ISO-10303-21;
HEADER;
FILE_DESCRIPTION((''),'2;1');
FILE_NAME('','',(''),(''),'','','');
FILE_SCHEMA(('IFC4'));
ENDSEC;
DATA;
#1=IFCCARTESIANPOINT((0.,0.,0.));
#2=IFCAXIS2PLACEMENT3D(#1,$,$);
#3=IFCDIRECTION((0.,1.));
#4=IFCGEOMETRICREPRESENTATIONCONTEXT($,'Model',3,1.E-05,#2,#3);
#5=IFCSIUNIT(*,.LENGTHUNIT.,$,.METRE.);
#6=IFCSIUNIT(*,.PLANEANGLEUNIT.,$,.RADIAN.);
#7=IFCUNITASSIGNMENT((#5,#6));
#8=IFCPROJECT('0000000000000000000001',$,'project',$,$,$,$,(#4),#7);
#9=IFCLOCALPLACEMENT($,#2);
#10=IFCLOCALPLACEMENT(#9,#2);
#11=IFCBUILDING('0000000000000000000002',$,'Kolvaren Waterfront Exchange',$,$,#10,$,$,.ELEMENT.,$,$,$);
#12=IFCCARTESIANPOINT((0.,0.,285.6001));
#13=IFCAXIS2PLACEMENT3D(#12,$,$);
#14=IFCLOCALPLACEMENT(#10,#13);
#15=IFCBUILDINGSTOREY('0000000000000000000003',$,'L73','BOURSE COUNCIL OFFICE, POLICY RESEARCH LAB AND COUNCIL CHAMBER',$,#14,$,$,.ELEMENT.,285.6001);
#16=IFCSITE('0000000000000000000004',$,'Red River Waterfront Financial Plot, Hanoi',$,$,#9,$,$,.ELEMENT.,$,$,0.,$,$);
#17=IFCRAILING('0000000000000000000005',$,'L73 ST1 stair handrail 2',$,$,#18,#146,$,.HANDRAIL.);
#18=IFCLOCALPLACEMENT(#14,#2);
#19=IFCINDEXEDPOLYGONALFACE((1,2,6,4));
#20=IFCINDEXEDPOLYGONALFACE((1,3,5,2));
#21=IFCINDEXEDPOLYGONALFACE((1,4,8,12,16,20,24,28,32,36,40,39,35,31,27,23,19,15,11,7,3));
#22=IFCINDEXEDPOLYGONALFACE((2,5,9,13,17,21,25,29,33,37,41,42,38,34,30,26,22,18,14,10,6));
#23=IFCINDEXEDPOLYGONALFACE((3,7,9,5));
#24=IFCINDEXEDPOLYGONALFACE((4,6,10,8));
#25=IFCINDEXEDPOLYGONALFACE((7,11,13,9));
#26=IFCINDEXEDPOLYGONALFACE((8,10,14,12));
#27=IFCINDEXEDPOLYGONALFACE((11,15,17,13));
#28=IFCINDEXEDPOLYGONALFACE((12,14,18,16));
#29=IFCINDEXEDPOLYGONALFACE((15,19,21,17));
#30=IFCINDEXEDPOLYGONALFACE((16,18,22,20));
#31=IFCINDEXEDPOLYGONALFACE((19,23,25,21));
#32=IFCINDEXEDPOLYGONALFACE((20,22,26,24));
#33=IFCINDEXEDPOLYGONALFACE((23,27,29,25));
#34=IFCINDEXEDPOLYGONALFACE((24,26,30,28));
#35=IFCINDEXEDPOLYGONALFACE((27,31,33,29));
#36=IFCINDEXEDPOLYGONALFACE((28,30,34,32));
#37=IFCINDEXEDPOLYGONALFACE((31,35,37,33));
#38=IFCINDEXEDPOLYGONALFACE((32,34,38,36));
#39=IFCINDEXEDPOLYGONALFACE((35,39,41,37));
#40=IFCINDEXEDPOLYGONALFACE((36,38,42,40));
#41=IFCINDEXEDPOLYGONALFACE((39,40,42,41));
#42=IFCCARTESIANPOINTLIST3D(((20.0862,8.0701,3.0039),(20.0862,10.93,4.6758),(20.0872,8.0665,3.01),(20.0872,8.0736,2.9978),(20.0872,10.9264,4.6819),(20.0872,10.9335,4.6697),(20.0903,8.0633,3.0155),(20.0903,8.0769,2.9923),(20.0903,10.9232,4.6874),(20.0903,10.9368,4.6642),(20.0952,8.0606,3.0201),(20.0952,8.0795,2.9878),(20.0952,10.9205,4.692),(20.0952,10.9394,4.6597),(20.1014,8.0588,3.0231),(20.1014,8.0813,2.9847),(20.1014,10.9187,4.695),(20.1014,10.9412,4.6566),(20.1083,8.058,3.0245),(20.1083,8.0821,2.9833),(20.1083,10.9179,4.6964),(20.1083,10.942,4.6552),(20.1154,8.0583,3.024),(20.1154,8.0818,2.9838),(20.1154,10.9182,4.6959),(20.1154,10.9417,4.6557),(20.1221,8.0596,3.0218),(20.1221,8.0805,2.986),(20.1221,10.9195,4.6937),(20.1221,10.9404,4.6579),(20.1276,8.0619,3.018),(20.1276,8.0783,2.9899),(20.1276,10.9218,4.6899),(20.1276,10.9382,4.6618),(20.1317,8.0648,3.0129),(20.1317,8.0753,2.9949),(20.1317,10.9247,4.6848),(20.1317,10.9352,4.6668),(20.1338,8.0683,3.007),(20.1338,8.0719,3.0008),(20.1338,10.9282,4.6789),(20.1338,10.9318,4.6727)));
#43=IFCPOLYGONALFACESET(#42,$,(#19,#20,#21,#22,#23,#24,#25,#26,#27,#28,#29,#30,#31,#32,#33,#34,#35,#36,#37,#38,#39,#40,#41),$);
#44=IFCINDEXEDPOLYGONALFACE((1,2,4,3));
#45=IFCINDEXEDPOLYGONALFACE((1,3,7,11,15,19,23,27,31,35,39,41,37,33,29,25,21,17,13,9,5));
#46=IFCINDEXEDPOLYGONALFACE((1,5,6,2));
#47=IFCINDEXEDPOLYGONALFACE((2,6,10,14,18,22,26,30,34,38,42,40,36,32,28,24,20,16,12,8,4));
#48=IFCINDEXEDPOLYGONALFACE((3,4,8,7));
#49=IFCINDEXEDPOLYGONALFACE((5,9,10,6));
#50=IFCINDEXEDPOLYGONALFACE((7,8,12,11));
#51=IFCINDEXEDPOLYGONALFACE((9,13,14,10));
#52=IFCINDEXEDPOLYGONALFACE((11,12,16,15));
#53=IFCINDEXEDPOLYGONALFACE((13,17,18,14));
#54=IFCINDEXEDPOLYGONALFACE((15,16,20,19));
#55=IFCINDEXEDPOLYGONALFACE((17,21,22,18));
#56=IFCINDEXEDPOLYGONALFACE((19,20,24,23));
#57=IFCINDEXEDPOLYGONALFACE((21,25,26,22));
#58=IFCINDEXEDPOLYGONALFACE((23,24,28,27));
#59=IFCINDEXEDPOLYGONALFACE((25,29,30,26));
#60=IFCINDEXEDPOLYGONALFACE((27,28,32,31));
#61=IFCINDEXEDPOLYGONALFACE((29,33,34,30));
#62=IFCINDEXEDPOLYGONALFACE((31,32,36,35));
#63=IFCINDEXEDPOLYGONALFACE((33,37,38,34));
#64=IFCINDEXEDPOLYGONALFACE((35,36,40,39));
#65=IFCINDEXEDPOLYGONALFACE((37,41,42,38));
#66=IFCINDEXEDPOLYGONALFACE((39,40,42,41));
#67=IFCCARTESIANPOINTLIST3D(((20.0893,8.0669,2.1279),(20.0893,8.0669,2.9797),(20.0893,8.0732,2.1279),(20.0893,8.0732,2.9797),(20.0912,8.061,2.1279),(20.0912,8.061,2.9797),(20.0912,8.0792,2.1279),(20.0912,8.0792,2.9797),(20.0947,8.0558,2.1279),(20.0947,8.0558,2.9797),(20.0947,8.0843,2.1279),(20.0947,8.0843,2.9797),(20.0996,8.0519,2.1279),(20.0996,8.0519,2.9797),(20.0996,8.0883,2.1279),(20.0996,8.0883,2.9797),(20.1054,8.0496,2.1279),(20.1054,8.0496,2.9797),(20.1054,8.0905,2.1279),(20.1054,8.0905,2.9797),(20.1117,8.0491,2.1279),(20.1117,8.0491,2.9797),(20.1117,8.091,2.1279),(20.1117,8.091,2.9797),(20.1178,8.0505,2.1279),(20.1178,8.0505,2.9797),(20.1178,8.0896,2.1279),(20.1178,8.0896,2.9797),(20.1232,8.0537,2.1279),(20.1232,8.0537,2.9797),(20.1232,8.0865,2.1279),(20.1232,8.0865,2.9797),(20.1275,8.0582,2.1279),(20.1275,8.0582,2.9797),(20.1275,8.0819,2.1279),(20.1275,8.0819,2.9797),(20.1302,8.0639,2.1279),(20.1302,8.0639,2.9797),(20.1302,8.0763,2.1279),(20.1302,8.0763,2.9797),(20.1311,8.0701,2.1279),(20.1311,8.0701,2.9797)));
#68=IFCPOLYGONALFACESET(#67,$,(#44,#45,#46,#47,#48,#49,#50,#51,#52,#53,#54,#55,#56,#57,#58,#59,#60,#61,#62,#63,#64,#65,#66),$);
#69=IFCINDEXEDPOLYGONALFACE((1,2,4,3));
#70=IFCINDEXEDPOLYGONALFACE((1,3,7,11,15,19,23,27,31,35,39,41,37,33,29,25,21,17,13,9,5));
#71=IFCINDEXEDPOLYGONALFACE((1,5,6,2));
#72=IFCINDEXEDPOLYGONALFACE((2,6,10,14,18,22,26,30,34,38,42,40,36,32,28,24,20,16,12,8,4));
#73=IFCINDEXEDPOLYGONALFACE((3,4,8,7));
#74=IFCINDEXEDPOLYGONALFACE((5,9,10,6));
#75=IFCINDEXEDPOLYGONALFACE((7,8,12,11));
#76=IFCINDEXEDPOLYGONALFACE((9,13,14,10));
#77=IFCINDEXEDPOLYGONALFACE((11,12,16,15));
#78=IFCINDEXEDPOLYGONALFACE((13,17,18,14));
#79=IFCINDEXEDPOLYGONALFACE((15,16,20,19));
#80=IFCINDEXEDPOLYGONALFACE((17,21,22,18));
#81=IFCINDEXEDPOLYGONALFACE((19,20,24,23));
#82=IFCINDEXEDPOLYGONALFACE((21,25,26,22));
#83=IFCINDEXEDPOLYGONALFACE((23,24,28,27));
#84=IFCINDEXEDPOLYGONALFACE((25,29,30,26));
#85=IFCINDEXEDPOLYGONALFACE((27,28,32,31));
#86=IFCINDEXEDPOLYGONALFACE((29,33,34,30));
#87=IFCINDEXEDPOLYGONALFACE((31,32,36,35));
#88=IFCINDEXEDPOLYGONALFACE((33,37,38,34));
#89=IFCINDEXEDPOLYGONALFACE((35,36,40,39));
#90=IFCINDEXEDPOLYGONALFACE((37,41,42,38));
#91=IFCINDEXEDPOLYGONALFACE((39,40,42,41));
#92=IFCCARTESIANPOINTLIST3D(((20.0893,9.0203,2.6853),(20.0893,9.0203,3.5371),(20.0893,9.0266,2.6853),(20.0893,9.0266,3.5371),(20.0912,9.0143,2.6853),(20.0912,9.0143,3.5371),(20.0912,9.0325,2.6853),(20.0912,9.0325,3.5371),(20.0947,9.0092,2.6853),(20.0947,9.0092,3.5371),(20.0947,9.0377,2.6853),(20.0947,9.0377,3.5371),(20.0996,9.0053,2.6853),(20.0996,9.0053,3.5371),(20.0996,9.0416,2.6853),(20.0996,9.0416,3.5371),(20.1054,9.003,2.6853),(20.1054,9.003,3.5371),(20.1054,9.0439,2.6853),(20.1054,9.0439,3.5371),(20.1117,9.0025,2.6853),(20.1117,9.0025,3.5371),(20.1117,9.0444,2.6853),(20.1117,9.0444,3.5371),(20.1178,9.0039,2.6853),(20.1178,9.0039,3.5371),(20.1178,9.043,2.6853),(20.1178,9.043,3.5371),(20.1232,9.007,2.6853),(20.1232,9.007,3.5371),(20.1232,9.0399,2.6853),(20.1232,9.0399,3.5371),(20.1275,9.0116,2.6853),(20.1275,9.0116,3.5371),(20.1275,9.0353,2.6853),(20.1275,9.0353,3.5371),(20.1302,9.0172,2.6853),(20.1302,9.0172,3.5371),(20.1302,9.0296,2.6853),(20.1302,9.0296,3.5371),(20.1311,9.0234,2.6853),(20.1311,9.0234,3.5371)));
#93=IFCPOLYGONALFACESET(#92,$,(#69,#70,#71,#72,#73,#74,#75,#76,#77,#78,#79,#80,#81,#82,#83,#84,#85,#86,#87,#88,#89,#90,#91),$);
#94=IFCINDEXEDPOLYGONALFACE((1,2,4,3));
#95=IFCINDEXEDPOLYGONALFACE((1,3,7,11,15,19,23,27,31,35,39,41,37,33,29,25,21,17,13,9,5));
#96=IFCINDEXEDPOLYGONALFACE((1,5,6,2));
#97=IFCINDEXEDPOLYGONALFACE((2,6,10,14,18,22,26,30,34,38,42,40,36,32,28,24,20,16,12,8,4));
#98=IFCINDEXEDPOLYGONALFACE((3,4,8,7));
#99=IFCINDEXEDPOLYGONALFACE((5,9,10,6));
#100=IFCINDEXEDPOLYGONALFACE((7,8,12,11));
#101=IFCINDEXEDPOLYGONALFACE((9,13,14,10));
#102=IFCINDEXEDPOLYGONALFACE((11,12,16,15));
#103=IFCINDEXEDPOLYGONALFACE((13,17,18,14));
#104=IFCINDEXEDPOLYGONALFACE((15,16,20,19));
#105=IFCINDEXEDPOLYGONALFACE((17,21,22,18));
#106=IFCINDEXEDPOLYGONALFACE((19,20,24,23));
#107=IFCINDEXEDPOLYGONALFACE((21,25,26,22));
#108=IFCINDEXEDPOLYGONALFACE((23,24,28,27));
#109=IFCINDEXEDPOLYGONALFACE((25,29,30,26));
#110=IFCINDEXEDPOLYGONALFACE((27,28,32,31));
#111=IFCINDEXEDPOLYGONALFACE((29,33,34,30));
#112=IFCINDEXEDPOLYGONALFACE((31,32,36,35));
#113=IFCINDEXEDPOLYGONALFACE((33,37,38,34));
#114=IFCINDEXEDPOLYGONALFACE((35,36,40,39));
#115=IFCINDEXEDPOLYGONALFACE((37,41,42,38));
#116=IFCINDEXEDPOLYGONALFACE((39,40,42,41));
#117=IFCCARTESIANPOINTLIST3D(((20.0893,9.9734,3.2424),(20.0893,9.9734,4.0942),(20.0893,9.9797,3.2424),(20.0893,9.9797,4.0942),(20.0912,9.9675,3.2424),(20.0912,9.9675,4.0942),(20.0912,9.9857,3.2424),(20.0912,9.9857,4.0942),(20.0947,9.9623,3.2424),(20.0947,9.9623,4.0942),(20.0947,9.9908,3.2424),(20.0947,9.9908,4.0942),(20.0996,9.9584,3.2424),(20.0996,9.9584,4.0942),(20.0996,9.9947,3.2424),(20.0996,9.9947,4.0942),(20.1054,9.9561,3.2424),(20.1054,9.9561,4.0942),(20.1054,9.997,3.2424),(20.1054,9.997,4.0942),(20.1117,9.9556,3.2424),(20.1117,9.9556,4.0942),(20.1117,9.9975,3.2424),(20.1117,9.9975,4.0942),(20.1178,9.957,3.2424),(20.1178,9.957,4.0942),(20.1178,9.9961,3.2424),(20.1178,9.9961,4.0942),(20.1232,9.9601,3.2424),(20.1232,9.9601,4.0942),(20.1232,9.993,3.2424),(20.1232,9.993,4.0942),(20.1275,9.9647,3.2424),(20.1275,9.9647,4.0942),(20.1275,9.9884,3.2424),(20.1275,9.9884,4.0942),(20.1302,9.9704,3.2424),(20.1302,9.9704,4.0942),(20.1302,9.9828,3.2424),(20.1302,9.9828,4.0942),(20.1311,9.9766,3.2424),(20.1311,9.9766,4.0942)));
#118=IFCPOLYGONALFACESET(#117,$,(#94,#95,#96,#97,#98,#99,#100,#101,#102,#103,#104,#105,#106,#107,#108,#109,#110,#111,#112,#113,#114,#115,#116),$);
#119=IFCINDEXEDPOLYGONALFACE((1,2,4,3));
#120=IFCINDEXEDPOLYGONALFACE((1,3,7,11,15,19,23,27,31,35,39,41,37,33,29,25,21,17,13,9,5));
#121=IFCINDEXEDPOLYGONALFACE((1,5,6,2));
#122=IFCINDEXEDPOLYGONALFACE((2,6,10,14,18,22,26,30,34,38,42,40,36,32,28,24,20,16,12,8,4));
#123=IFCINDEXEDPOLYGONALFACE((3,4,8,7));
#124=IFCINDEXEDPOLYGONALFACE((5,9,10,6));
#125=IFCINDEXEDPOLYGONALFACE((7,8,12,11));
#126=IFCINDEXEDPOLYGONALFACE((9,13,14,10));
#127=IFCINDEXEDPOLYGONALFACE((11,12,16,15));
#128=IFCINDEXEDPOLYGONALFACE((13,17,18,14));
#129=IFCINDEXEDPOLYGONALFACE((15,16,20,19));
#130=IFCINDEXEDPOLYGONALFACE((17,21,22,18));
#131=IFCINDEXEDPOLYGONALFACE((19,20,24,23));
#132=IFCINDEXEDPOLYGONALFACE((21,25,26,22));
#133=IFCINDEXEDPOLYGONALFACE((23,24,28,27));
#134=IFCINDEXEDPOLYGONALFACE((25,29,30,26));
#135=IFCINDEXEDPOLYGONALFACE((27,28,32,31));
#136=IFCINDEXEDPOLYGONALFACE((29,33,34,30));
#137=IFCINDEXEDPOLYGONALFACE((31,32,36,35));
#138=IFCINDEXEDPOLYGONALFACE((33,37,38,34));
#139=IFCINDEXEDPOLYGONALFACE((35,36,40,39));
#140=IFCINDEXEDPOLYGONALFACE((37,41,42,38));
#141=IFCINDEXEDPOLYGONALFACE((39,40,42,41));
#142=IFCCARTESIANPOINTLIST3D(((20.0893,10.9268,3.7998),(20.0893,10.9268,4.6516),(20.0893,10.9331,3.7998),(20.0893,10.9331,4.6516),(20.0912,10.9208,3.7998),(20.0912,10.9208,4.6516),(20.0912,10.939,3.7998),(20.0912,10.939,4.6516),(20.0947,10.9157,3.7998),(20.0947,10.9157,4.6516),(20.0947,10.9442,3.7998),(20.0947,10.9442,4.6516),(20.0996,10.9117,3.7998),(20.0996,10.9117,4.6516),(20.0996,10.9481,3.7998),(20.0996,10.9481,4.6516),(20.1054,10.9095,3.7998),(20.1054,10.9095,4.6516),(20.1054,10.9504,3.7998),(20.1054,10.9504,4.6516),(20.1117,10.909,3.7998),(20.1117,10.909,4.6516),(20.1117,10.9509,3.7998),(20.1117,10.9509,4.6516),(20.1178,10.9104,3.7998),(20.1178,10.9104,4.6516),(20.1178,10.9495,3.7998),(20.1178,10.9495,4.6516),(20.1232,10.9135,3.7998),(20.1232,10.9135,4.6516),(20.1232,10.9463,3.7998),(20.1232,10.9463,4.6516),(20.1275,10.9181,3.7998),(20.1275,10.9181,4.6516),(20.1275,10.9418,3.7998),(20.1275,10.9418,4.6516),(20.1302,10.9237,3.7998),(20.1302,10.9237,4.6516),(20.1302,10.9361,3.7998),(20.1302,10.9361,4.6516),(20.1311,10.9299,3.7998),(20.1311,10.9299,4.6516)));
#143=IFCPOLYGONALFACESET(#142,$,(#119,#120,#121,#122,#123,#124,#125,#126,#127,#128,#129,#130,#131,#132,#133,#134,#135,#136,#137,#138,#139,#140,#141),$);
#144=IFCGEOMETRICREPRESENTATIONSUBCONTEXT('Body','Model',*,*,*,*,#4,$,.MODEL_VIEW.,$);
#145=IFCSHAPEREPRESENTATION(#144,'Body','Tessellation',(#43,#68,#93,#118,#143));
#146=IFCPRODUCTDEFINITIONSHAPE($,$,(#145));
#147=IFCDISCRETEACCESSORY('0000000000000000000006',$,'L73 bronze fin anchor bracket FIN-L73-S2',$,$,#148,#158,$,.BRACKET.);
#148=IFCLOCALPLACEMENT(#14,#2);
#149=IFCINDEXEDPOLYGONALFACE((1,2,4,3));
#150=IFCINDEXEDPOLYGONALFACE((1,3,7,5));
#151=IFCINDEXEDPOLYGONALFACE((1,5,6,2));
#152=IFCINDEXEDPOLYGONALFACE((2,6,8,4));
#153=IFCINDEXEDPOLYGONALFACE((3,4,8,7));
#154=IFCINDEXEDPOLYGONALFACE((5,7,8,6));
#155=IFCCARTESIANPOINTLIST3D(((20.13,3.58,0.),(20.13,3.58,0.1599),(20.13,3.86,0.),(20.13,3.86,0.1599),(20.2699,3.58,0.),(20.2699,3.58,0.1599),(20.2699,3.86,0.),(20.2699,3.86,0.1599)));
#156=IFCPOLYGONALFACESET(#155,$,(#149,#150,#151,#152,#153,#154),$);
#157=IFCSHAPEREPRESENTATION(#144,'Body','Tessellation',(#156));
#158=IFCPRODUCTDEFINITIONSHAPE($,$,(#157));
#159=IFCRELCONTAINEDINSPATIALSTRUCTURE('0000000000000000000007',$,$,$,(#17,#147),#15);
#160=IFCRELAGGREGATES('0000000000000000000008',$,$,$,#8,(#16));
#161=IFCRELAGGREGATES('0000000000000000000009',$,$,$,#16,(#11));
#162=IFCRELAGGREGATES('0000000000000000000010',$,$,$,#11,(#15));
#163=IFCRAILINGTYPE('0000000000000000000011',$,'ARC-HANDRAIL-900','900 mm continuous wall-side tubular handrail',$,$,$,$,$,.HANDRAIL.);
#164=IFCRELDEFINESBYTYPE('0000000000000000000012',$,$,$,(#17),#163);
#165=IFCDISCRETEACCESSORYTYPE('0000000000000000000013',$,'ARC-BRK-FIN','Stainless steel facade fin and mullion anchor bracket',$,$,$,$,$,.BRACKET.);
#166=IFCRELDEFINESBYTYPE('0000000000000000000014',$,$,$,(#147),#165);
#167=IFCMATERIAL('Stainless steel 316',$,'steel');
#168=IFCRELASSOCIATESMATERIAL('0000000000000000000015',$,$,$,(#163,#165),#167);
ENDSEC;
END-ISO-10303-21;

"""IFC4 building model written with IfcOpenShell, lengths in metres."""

from ifc_helpers import new_model, si_unit, direction, frame, origin, origin_with_axes, origin_2d, place, context, subcontext, project, spatial, rectangle, circle, extrude, source, transform, mapped, material, type_object, element, save


model = new_model("IFC4")

# Units and contexts
model_context = context("Model", 3, precision=1e-05, world=origin(), true_north=direction((0.0, 1.0)))
body_context = subcontext(model_context, "Body", "Model", "MODEL_VIEW")
ifc_project = project(units=[si_unit("LENGTHUNIT", "METRE"), si_unit("PLANEANGLEUNIT", "RADIAN")], contexts=[model_context])

# Site, building, storey
site_placement = place(None, origin())
site = spatial("IfcSite", under=ifc_project, at=site_placement, Name="Red River Waterfront Financial Plot, Hanoi", CompositionType="ELEMENT", RefElevation=0.0)
building_placement = place(site_placement, origin())
building = spatial("IfcBuilding", under=site, at=building_placement, Name="Kolvaren Waterfront Exchange", CompositionType="ELEMENT")
storey_placement = place(building_placement, frame((0.0, 0.0, 285.6001)))
storey = spatial("IfcBuildingStorey", under=building, at=storey_placement, Name="L73", Description="BOURSE COUNCIL OFFICE, POLICY RESEARCH LAB AND COUNCIL CHAMBER", CompositionType="ELEMENT", Elevation=285.6001)

# Railing
ifc_material_1 = material(Name="Stainless steel 316", Category="steel")
railing_type_1 = type_object("IfcRailingType", Name="ARC-HANDRAIL-900", Description="900 mm continuous wall-side tubular handrail", PredefinedType="HANDRAIL", material=ifc_material_1)
railing_1_placement = place(storey_placement, frame((20.1101, 8.0701, 2.1279)))
element("IfcRailing", 1, at=railing_1_placement, inside=storey, type_object=railing_type_1, Name="L73 ST1 stair handrail 2", PredefinedType="HANDRAIL", context=body_context, shape_type="SweptSolid", body=[
    extrude(circle(Radius=0.0239, at=origin_2d()), frame((0.0, 0.0, 0.876), z_axis=(0.0, 0.863303, 0.504686), x_axis=(-1.0, 0.0, 0.0)), (0.0, 0.0, 1.0), 3.3127),
    extrude(circle(Radius=0.021, at=origin_2d()), origin(), (0.0, 0.0, 1.0), 0.8518),
    extrude(circle(Radius=0.021, at=origin_2d()), frame((0.0, 0.9534, 0.5574)), (0.0, 0.0, 1.0), 0.8518),
    extrude(circle(Radius=0.021, at=origin_2d()), frame((0.0, 1.9065, 1.1145)), (0.0, 0.0, 1.0), 0.8518),
    extrude(circle(Radius=0.021, at=origin_2d()), frame((0.0, 2.8599, 1.6719)), (0.0, 0.0, 1.0), 0.8518),
])

# Discrete accessory
discrete_accessory_type = type_object("IfcDiscreteAccessoryType", Name="ARC-BRK-FIN", Description="Stainless steel facade fin and mullion anchor bracket", PredefinedType="BRACKET", material=ifc_material_1)
shared_shape_1 = source(origin_with_axes(), body_context, "Body", "SweptSolid", [
    extrude(rectangle(XDim=0.28, YDim=0.1399, at=origin_2d()), origin(), (0.0, 0.0, 1.0), 0.1599),
])
discrete_accessory_placement = place(storey_placement, frame((20.2, 3.72, 0.0), z_axis=(0.0, 0.0, 1.0), x_axis=(0.0, -1.0, 0.0)))
element("IfcDiscreteAccessory", 2, at=discrete_accessory_placement, inside=storey, type_object=discrete_accessory_type, Name="L73 bronze fin anchor bracket FIN-L73-S2", PredefinedType="BRACKET", context=body_context, shape_type="MappedRepresentation", body=[
    mapped(shared_shape_1, transform((0.0, 0.0, 0.0), x_axis=(1.0, 0.0, 0.0), y_axis=(0.0, 1.0, 0.0), z_axis=(0.0, 0.0, 1.0), scale=1.0)),
])

save(model, "model.ifc")
